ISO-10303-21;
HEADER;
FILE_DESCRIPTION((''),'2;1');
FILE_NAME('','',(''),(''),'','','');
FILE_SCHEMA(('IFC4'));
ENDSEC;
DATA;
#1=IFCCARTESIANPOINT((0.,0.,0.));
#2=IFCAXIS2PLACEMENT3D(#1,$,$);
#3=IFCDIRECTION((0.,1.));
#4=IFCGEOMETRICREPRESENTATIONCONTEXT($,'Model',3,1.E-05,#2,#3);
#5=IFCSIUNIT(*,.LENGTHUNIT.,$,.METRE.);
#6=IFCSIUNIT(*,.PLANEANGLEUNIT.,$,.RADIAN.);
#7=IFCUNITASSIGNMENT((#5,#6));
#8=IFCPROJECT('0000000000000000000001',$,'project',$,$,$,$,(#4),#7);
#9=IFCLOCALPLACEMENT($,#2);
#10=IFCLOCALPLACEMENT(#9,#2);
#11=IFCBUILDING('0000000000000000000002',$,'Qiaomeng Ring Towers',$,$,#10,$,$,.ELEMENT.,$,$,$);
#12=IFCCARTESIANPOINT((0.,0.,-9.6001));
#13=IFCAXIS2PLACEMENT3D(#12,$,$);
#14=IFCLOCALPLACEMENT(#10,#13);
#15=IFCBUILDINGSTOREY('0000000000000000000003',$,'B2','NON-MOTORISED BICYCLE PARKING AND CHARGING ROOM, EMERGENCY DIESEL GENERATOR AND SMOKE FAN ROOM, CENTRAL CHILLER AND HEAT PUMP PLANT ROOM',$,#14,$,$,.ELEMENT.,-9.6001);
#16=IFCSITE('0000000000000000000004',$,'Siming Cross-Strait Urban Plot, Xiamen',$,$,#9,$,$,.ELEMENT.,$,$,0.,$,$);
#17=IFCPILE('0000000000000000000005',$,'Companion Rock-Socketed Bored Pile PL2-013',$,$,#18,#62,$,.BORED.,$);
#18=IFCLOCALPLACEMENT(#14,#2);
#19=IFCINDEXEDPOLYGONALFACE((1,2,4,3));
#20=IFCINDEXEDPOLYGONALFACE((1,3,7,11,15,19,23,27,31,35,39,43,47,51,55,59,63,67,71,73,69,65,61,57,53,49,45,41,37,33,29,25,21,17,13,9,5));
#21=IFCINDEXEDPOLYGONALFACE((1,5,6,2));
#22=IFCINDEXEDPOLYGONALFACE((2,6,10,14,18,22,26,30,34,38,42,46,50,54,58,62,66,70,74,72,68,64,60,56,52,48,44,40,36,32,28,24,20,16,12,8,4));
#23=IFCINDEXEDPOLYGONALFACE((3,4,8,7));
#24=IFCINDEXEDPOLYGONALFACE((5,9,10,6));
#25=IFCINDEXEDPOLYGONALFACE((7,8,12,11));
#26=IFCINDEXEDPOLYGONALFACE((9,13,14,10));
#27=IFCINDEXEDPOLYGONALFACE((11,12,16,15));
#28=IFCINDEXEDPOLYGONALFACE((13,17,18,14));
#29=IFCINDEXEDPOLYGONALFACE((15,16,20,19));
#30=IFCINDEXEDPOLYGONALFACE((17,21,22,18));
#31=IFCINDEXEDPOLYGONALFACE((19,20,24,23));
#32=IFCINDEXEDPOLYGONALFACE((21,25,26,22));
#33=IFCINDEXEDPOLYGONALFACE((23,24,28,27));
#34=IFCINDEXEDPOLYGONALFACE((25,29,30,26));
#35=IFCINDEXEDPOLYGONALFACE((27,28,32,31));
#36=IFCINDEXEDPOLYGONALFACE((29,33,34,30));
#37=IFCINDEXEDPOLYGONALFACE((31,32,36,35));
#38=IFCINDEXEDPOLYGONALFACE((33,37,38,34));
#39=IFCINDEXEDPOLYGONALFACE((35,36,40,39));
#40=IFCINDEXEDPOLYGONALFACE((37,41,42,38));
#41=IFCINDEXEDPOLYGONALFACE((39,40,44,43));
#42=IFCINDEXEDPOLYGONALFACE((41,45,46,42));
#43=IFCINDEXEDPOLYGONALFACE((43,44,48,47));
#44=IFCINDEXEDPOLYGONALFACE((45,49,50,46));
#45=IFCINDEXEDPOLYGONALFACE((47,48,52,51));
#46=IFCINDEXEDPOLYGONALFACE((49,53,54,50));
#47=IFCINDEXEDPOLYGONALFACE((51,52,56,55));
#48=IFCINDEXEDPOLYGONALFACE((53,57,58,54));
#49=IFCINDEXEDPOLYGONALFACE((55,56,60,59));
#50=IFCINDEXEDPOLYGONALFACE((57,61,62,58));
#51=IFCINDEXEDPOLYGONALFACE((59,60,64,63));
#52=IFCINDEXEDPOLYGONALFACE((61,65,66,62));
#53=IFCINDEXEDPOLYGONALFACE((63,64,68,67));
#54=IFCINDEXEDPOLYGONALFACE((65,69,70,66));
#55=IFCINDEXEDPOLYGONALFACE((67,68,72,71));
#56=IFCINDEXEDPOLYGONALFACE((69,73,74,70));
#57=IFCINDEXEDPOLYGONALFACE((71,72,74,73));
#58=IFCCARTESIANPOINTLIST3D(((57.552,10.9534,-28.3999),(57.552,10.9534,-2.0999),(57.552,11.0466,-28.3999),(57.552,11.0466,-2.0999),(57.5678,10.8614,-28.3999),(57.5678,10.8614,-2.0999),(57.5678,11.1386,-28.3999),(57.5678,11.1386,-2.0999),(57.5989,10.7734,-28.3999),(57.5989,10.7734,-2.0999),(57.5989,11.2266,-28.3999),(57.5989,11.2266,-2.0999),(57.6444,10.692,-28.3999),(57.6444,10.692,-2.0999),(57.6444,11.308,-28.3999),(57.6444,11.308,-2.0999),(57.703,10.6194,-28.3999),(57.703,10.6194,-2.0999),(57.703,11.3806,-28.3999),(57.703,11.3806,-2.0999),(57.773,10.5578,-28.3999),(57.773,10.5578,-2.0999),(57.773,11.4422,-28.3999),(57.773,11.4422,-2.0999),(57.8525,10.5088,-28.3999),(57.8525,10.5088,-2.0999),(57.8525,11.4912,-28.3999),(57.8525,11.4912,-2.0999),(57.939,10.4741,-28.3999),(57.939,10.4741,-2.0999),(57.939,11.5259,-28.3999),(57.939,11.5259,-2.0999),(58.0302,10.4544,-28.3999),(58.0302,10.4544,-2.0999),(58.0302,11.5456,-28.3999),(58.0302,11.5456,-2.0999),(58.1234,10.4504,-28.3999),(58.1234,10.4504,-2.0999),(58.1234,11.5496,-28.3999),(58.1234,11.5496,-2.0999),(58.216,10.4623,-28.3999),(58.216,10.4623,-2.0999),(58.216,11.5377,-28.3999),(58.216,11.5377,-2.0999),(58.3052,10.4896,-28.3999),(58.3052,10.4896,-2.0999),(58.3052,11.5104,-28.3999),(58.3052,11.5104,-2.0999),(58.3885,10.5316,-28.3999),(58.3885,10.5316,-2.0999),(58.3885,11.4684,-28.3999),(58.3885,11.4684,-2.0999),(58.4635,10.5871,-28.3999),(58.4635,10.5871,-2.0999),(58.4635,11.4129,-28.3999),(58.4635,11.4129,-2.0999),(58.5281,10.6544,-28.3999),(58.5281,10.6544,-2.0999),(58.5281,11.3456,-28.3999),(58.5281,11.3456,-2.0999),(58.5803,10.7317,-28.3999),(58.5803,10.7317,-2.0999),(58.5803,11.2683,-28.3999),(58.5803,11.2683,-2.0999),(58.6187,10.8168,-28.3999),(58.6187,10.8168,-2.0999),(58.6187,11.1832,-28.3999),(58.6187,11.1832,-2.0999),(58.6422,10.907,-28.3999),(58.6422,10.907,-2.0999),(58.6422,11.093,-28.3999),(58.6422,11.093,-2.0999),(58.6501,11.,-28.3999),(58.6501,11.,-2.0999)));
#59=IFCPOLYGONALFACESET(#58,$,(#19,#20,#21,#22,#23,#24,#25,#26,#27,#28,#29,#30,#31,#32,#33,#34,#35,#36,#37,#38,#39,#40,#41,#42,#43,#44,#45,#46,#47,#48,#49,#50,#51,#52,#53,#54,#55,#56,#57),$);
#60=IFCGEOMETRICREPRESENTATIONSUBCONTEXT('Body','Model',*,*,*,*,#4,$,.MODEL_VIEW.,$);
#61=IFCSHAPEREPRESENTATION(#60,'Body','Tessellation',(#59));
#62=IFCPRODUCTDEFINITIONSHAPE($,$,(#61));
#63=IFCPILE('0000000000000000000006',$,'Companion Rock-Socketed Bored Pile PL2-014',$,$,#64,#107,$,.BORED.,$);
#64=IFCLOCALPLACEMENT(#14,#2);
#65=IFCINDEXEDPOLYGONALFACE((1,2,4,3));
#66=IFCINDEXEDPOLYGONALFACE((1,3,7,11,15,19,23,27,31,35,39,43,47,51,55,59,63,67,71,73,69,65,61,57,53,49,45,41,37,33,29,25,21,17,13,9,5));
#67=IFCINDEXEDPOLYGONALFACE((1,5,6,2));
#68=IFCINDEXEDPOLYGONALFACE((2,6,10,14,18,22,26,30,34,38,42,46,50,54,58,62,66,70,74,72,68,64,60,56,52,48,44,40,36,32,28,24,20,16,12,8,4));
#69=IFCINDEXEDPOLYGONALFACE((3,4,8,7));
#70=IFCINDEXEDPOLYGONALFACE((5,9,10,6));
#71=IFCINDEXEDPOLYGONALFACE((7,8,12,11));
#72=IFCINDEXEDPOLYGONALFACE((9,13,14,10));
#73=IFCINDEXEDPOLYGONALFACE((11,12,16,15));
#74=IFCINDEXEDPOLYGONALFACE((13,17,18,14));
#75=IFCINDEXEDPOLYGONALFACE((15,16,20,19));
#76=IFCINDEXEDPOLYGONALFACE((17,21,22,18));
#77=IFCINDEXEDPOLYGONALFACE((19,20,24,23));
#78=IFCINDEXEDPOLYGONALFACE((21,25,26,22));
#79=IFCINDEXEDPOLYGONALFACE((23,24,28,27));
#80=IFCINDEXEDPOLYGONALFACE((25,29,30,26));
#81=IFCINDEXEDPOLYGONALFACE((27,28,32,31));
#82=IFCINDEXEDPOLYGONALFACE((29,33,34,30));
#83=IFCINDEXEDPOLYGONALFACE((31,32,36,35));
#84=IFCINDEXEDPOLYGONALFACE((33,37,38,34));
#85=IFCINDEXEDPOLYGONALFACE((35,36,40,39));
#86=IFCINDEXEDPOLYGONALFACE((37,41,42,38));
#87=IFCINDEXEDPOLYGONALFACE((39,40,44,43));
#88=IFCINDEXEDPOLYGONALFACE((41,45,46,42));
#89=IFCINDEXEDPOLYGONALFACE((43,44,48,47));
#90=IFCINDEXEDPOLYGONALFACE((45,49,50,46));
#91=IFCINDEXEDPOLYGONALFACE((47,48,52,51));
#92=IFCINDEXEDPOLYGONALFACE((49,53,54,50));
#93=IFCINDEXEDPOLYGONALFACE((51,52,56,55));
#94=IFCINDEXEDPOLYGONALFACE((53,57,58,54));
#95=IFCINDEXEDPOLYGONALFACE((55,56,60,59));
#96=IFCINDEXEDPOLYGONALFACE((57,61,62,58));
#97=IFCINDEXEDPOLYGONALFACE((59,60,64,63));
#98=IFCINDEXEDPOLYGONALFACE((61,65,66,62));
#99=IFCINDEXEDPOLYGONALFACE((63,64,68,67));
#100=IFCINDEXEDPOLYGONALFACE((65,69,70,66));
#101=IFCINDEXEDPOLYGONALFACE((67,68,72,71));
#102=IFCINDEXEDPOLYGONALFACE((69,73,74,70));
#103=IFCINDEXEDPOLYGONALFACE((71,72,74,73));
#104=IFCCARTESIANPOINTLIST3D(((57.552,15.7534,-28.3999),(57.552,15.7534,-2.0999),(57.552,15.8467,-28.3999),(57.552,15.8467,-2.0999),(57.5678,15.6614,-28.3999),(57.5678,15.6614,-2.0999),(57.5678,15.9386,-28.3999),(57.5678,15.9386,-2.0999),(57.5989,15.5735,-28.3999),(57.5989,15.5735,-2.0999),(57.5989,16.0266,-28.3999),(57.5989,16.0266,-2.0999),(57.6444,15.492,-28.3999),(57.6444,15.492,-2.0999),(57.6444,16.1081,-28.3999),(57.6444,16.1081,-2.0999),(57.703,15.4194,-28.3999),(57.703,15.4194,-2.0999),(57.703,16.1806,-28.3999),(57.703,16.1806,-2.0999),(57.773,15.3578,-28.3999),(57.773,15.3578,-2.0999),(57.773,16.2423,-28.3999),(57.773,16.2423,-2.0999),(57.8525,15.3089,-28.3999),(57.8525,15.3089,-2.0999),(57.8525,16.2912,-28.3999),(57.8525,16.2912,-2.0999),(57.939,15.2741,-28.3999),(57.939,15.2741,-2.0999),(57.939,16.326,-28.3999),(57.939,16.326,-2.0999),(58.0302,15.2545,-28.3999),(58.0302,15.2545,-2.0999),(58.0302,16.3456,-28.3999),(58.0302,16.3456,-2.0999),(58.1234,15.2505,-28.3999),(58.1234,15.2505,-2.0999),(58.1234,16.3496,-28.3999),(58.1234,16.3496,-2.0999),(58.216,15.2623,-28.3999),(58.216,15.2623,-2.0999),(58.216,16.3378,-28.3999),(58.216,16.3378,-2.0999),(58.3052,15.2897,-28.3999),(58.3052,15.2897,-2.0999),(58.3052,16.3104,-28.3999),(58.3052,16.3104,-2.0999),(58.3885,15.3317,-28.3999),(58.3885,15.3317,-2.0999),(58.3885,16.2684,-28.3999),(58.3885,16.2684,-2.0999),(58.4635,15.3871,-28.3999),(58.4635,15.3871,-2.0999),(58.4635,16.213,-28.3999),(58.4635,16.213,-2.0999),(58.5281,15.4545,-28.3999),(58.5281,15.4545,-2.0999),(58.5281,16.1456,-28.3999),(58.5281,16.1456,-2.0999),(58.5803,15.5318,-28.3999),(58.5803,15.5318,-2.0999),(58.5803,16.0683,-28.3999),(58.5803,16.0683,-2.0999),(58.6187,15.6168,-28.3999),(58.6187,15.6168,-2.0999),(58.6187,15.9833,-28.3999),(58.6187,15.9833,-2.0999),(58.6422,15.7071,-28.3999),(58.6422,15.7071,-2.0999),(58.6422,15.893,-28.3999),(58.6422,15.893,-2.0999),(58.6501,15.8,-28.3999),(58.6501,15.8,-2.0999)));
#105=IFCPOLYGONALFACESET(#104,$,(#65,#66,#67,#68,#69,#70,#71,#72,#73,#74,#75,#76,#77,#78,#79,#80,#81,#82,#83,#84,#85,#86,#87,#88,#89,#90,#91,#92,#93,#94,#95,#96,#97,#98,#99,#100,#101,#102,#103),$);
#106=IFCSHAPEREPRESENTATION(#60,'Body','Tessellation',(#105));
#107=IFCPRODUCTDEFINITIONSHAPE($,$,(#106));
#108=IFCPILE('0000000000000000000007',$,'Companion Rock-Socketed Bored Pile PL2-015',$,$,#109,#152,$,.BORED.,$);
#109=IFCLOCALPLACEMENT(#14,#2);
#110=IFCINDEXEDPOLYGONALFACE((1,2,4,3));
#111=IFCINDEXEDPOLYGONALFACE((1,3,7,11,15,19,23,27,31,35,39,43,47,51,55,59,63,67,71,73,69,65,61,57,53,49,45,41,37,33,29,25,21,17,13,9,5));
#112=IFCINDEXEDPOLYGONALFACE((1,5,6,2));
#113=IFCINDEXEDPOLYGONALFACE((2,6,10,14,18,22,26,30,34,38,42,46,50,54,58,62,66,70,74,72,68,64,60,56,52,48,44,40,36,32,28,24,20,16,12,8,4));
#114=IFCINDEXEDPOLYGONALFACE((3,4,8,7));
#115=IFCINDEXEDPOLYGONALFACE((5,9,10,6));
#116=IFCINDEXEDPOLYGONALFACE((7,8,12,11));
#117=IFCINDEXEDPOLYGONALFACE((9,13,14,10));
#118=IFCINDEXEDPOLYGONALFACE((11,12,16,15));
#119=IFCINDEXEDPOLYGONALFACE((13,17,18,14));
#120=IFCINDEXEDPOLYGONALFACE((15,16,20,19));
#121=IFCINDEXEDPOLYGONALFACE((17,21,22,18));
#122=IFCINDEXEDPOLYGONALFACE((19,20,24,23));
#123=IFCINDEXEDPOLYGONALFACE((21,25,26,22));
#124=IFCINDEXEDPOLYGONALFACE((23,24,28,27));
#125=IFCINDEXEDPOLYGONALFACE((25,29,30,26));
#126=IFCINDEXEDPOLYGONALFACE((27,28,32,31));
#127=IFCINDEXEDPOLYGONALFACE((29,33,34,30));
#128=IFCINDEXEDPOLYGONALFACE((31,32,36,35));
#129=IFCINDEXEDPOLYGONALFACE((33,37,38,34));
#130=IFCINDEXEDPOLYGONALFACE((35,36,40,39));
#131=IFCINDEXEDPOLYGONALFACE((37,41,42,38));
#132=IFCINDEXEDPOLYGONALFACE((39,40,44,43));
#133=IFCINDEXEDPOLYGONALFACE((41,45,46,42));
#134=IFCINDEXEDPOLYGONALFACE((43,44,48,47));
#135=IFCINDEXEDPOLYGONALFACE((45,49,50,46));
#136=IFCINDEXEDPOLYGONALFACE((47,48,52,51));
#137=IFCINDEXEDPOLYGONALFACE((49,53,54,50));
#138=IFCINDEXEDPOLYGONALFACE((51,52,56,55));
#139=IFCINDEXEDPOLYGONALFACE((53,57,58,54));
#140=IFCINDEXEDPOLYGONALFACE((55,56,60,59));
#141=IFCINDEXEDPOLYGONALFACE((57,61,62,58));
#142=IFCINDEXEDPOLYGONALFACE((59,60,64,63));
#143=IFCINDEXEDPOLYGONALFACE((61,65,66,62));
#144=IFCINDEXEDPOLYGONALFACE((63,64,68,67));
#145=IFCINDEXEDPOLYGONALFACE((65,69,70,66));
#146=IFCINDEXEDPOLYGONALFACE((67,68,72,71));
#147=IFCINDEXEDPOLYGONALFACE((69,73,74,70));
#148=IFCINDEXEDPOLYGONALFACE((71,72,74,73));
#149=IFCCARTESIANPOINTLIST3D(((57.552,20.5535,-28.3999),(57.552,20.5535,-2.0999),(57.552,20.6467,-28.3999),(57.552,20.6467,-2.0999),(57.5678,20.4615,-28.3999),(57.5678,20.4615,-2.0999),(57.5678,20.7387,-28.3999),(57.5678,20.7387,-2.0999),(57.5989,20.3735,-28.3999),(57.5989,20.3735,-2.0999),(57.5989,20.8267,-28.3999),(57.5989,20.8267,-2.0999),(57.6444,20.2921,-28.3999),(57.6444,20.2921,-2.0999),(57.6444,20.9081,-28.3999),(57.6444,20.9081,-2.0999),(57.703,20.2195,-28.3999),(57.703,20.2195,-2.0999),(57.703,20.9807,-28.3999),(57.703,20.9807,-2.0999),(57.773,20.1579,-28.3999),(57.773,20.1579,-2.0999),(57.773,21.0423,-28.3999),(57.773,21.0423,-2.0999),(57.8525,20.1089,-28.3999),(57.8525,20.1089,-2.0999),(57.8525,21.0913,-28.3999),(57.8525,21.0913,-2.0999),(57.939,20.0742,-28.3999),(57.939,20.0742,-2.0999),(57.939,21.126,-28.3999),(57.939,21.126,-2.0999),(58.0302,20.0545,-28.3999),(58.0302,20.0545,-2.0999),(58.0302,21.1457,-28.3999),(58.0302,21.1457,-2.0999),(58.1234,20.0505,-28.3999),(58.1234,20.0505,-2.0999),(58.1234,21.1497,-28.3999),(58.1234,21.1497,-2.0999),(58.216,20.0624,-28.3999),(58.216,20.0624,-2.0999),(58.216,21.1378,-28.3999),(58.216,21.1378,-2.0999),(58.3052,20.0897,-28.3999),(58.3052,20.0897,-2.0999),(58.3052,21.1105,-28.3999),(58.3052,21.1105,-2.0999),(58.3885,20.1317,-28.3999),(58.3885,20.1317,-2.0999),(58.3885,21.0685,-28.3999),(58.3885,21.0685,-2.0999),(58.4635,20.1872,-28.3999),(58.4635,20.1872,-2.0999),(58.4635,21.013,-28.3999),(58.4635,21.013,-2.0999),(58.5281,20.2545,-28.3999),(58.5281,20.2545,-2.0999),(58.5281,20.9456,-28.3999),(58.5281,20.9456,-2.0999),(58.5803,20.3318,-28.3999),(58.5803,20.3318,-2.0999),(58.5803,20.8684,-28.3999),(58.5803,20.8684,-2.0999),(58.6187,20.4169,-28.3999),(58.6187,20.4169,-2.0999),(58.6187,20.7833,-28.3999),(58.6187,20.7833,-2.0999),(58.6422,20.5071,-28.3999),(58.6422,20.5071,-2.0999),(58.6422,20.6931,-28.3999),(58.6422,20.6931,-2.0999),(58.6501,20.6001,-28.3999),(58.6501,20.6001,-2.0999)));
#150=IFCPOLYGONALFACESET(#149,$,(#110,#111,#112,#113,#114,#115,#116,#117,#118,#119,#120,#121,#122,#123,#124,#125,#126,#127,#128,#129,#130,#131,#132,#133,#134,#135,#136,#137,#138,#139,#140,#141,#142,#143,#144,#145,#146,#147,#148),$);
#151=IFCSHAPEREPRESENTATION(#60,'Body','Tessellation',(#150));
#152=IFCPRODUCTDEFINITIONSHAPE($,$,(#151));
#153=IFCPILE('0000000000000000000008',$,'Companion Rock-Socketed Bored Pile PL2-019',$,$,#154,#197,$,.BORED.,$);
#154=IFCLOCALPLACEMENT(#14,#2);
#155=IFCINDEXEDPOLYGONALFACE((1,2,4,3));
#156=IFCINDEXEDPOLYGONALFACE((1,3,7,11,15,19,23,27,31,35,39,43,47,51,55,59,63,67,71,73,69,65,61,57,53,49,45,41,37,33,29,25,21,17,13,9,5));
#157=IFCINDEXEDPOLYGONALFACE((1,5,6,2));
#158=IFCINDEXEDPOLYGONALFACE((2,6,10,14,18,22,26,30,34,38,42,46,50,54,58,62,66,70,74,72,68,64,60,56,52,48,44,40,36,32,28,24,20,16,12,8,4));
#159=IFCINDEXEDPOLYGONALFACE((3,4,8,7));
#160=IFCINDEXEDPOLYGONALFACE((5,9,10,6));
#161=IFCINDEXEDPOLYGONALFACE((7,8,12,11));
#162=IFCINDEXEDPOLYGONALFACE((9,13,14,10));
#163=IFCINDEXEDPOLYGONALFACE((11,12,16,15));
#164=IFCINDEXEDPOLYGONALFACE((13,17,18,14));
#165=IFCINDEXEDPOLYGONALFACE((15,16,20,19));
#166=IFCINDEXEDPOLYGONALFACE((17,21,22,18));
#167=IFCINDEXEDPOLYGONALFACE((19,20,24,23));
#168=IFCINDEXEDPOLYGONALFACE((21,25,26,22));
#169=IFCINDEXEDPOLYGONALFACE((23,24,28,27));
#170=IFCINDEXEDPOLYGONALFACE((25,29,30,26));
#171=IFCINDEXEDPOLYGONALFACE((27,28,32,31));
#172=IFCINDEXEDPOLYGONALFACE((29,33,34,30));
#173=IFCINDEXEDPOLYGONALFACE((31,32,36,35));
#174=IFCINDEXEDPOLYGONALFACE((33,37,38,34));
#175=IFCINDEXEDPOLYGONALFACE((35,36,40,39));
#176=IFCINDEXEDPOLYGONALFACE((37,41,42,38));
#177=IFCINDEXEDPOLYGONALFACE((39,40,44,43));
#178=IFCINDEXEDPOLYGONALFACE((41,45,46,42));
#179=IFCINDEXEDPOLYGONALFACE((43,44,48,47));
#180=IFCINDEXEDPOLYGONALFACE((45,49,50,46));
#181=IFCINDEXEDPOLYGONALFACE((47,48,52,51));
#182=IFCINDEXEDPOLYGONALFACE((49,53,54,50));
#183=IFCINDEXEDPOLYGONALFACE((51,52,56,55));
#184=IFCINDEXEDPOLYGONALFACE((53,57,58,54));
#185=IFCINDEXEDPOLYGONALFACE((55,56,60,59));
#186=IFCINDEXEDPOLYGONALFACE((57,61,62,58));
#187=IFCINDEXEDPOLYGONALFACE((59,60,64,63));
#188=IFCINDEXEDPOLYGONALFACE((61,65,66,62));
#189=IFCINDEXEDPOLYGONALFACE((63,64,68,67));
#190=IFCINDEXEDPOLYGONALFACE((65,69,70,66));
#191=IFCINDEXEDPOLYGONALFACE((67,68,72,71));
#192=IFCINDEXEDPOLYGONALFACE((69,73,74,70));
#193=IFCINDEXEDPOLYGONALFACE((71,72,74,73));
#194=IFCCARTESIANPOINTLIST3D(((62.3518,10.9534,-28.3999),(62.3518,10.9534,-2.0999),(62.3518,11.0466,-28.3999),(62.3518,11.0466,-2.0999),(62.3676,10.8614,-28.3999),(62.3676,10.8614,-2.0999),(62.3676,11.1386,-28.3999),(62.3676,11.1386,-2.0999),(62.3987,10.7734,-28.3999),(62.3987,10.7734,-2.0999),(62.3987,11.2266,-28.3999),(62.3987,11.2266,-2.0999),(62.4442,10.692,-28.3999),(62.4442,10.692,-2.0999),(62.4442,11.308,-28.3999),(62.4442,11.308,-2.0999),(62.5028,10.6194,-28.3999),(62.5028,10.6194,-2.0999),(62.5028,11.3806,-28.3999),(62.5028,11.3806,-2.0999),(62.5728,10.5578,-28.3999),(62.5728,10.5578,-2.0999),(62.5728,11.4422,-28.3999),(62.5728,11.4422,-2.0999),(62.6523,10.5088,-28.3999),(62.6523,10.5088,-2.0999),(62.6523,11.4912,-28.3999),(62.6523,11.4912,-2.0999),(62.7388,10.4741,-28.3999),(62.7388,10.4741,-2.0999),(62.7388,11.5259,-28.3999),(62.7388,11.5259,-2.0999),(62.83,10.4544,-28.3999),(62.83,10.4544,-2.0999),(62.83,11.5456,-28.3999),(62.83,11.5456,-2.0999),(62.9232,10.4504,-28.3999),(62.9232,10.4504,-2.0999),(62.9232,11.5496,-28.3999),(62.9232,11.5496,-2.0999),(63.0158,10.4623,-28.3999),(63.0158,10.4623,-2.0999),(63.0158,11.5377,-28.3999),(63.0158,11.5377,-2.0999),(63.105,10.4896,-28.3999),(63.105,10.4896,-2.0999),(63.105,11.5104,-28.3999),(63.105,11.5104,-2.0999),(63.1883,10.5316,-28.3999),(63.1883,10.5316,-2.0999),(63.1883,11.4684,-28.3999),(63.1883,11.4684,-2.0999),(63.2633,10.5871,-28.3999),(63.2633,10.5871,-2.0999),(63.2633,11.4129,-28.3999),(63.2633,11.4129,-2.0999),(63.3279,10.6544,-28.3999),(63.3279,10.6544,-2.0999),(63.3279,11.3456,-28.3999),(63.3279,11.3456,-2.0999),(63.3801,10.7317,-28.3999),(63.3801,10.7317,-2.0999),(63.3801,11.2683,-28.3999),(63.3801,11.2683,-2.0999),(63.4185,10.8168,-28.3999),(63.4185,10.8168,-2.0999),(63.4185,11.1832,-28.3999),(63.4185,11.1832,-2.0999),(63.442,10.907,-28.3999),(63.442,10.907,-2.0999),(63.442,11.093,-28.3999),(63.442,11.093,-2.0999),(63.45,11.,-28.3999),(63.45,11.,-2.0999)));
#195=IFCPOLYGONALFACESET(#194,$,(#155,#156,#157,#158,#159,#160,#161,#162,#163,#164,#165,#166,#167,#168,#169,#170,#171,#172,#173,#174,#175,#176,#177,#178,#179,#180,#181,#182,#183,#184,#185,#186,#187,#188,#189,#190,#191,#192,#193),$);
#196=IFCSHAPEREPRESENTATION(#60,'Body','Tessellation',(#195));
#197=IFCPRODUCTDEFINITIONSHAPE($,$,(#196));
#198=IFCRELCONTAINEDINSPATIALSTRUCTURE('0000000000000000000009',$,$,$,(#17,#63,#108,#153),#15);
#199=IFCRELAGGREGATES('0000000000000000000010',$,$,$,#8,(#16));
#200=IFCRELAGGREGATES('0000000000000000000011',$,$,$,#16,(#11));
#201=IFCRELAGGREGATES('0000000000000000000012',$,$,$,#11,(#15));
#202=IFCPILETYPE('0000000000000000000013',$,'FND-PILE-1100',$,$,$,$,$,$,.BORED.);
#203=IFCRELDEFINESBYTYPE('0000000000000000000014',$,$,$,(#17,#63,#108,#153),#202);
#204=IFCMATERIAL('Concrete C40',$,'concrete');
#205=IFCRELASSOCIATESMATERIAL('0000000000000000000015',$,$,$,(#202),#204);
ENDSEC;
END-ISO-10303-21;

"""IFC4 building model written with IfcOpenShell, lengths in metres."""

from ifc_helpers import new_model, si_unit, direction, frame, origin, origin_2d, place, context, subcontext, project, spatial, circle, extrude, source, transform, mapped, material, material_profile, profile_set, type_object, element, save


model = new_model("IFC4")

# Units and contexts
model_context = context("Model", 3, precision=1e-05, world=origin(), true_north=direction((0.0, 1.0)))
body_context = subcontext(model_context, "Body", "Model", "MODEL_VIEW")
ifc_project = project(units=[si_unit("LENGTHUNIT", "METRE"), si_unit("PLANEANGLEUNIT", "RADIAN")], contexts=[model_context])

# Site, building, storey
site_placement = place(None, origin())
site = spatial("IfcSite", under=ifc_project, at=site_placement, Name="Siming Cross-Strait Urban Plot, Xiamen", CompositionType="ELEMENT", RefElevation=0.0)
building_placement = place(site_placement, origin())
building = spatial("IfcBuilding", under=site, at=building_placement, Name="Qiaomeng Ring Towers", CompositionType="ELEMENT")
storey_placement = place(building_placement, frame((0.0, 0.0, -9.6001)))
storey = spatial("IfcBuildingStorey", under=building, at=storey_placement, Name="B2", Description="NON-MOTORISED BICYCLE PARKING AND CHARGING ROOM, EMERGENCY DIESEL GENERATOR AND SMOKE FAN ROOM, CENTRAL CHILLER AND HEAT PUMP PLANT ROOM", CompositionType="ELEMENT", Elevation=-9.6001)

# Piles
ifc_material_1 = material(Name="Concrete C40", Category="concrete")
ifc_material_profile_1 = material_profile(ifc_material_1, circle(Radius=0.55, at=origin_2d()), Name="BORED PILE 1100")
ifc_profile_set_1 = profile_set([ifc_material_profile_1], Name="Concrete C40")
pile_type = type_object("IfcPileType", Name="FND-PILE-1100", PredefinedType="BORED", material=ifc_profile_set_1)
shared_shape_1 = source(origin(), body_context, "Body", "SweptSolid", [
    extrude(circle(Radius=0.55, at=origin_2d()), origin(), (0.0, 0.0, 1.0), 26.3),
])
for number, where, z_axis, x_axis, name in (
    (1, (58.1001, 11.0, -2.0999), (0.0, 0.0, -1.0), (1.0, 0.0, 0.0), "Companion Rock-Socketed Bored Pile PL2-013"),
    (2, (58.1001, 15.8, -2.0999), (0.0, 0.0, -1.0), (1.0, 0.0, 0.0), "Companion Rock-Socketed Bored Pile PL2-014"),
    (3, (58.1001, 20.6001, -2.0999), (0.0, 0.0, -1.0), (1.0, 0.0, 0.0), "Companion Rock-Socketed Bored Pile PL2-015"),
    (4, (62.8999, 11.0, -2.0999), (0.0, 0.0, -1.0), (1.0, 0.0, 0.0), "Companion Rock-Socketed Bored Pile PL2-019"),
):
    element("IfcPile", number, at=place(storey_placement, frame(where, z_axis=z_axis, x_axis=x_axis)), inside=storey, type_object=pile_type, Name=name, PredefinedType="BORED", context=body_context, shape_type="MappedRepresentation", body=[
        mapped(shared_shape_1, transform((0.0, 0.0, 0.0), x_axis=(1.0, 0.0, 0.0), y_axis=(0.0, 1.0, 0.0), z_axis=(0.0, 0.0, 1.0), scale=1.0)),
    ])

save(model, "model.ifc")
